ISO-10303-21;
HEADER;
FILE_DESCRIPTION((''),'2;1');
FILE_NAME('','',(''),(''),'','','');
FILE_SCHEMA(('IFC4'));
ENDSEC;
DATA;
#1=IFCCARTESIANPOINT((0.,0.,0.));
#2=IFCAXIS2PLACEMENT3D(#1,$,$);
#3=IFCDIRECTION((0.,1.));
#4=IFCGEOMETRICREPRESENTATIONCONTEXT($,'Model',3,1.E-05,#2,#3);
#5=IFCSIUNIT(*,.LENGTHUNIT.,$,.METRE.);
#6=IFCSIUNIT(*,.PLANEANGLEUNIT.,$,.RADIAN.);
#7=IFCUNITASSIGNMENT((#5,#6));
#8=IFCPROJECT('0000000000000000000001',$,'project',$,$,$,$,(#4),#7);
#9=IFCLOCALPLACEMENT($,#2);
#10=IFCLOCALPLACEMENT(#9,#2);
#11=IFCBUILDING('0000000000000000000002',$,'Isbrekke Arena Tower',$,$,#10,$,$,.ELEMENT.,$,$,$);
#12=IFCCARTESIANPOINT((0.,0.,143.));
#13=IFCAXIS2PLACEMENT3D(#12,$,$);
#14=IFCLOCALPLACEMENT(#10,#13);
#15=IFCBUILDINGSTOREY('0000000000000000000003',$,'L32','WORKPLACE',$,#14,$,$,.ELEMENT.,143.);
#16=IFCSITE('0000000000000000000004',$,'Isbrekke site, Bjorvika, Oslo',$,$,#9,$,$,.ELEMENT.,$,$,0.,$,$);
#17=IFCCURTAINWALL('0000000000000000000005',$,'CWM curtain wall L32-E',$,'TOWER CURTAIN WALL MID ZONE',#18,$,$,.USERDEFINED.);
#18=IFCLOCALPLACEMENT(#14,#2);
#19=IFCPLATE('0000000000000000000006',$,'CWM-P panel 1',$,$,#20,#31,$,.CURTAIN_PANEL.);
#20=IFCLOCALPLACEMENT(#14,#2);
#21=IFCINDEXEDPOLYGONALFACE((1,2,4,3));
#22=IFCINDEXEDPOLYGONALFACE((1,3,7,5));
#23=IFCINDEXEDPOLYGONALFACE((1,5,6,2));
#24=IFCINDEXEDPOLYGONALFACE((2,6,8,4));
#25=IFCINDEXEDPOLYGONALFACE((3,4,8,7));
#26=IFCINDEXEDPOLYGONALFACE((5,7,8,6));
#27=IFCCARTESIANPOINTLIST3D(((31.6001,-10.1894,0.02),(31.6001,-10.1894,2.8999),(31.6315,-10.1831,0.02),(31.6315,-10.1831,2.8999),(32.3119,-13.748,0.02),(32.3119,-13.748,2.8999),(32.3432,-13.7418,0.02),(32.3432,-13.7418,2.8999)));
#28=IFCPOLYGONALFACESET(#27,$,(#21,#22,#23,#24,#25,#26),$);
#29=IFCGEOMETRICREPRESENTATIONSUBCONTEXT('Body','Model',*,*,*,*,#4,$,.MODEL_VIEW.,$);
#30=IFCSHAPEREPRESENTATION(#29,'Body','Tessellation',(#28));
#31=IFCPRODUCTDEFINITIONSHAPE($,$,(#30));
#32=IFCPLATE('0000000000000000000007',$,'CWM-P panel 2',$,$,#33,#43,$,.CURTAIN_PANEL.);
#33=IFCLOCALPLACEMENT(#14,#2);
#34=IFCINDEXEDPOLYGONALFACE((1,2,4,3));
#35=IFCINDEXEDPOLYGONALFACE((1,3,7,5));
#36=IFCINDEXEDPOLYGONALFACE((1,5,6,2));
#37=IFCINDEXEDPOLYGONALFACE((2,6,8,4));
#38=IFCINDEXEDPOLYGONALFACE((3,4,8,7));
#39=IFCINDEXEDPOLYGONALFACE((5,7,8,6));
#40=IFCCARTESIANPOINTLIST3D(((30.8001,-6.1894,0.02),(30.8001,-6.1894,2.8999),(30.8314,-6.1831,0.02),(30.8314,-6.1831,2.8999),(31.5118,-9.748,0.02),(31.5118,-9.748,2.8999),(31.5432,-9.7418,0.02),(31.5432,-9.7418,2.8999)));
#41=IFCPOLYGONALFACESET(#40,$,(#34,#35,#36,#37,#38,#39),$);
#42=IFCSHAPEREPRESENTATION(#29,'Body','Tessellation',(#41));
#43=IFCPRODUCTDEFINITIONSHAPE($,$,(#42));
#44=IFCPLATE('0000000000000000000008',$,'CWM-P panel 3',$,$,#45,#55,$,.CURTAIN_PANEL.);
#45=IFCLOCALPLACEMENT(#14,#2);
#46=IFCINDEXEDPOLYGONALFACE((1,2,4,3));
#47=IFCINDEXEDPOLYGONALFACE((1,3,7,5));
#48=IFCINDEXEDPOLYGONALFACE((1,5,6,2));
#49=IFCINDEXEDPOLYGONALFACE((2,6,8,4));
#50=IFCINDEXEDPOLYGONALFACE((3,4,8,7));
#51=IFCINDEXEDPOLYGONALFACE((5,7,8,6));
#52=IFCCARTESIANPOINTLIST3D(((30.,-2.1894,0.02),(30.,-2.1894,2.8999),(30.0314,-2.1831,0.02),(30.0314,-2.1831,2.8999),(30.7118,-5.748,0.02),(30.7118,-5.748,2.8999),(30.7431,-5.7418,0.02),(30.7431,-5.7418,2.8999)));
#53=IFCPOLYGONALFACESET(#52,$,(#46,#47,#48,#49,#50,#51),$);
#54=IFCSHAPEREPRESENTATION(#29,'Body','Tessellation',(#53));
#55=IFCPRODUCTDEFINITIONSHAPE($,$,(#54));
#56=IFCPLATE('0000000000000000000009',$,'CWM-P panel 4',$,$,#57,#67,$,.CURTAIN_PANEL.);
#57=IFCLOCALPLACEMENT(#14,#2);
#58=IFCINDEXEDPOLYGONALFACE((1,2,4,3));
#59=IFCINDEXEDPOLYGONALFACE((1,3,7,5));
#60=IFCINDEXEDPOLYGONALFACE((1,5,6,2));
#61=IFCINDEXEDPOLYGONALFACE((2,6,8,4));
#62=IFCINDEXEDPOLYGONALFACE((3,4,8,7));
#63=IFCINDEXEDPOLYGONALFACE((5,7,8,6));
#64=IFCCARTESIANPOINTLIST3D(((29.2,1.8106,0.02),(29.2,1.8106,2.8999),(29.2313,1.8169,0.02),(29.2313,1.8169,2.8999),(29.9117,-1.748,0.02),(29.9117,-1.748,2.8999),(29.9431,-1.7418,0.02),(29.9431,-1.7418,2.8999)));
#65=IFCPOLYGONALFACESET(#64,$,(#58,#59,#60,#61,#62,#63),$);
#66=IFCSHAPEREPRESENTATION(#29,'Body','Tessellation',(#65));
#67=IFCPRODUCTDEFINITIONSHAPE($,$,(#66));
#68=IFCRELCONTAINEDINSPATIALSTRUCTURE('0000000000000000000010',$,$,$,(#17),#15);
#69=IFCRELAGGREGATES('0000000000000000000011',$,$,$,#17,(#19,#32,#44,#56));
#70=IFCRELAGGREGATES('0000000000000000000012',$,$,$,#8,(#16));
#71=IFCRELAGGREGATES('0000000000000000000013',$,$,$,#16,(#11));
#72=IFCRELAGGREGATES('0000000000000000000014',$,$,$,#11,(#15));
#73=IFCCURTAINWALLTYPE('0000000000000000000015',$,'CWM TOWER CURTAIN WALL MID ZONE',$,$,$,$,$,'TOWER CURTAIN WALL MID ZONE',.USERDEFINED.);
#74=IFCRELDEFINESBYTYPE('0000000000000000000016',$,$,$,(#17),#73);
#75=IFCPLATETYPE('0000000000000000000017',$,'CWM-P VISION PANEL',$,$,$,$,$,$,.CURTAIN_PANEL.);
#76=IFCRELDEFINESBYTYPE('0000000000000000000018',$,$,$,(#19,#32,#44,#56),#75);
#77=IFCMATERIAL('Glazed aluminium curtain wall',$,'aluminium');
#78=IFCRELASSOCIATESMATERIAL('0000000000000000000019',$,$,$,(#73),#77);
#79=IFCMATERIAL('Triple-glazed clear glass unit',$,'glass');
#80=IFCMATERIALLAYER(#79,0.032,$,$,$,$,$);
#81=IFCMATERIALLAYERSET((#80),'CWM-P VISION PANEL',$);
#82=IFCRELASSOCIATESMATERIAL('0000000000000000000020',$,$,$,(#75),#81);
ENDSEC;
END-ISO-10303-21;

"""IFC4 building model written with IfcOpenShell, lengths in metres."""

from ifc_helpers import new_model, si_unit, direction, frame, origin, origin_2d, place, context, subcontext, project, spatial, rectangle, extrude, material, layer, layer_set, type_object, element, aggregate, save


model = new_model("IFC4")

# Units and contexts
model_context = context("Model", 3, precision=1e-05, world=origin(), true_north=direction((0.0, 1.0)))
body_context = subcontext(model_context, "Body", "Model", "MODEL_VIEW")
ifc_project = project(units=[si_unit("LENGTHUNIT", "METRE"), si_unit("PLANEANGLEUNIT", "RADIAN")], contexts=[model_context])

# Site, building, storey
site_placement = place(None, origin())
site = spatial("IfcSite", under=ifc_project, at=site_placement, Name="Isbrekke site, Bjorvika, Oslo", CompositionType="ELEMENT", RefElevation=0.0)
building_placement = place(site_placement, origin())
building = spatial("IfcBuilding", under=site, at=building_placement, Name="Isbrekke Arena Tower", CompositionType="ELEMENT")
storey_placement = place(building_placement, frame((0.0, 0.0, 143.0)))
storey = spatial("IfcBuildingStorey", under=building, at=storey_placement, Name="L32", Description="WORKPLACE", CompositionType="ELEMENT", Elevation=143.0)

# Curtain wall
ifc_material_1 = material(Name="Glazed aluminium curtain wall", Category="aluminium")
curtain_wall_type = type_object("IfcCurtainWallType", Name="CWM TOWER CURTAIN WALL MID ZONE", ElementType="TOWER CURTAIN WALL MID ZONE", PredefinedType="USERDEFINED", material=ifc_material_1)
curtain_wall_placement = place(storey_placement, origin())
curtain_wall = element("IfcCurtainWall", 1, at=curtain_wall_placement, inside=storey, type_object=curtain_wall_type, Name="CWM curtain wall L32-E", ObjectType="TOWER CURTAIN WALL MID ZONE", PredefinedType="USERDEFINED")

# Plates
ifc_material_2 = material(Name="Triple-glazed clear glass unit", Category="glass")
ifc_layer = layer(ifc_material_2, 0.032)
ifc_layer_set = layer_set([ifc_layer], Name="CWM-P VISION PANEL")
plate_type = type_object("IfcPlateType", Name="CWM-P VISION PANEL", PredefinedType="CURTAIN_PANEL", material=ifc_layer_set)
plate_1_placement = place(storey_placement, frame((31.9717, -11.9656, 0.02), z_axis=(0.0, 0.0, 1.0), x_axis=(-0.196116, 0.980581, 0.0)))
plate_1 = element("IfcPlate", 2, at=plate_1_placement, type_object=plate_type, Name="CWM-P panel 1", PredefinedType="CURTAIN_PANEL", context=body_context, shape_type="SweptSolid", body=[
    extrude(rectangle(XDim=3.6292, YDim=0.032, at=origin_2d()), origin(), (0.0, 0.0, 1.0), 2.8799),
])
plate_2_placement = place(storey_placement, frame((31.1716, -7.9656, 0.02), z_axis=(0.0, 0.0, 1.0), x_axis=(-0.196116, 0.980581, 0.0)))
plate_2 = element("IfcPlate", 3, at=plate_2_placement, type_object=plate_type, Name="CWM-P panel 2", PredefinedType="CURTAIN_PANEL", context=body_context, shape_type="SweptSolid", body=[
    extrude(rectangle(XDim=3.6292, YDim=0.032, at=origin_2d()), origin(), (0.0, 0.0, 1.0), 2.8799),
])
plate_3_placement = place(storey_placement, frame((30.3716, -3.9656, 0.02), z_axis=(0.0, 0.0, 1.0), x_axis=(-0.196116, 0.980581, 0.0)))
plate_3 = element("IfcPlate", 4, at=plate_3_placement, type_object=plate_type, Name="CWM-P panel 3", PredefinedType="CURTAIN_PANEL", context=body_context, shape_type="SweptSolid", body=[
    extrude(rectangle(XDim=3.6292, YDim=0.032, at=origin_2d()), origin(), (0.0, 0.0, 1.0), 2.8799),
])
plate_4_placement = place(storey_placement, frame((29.5715, 0.0344, 0.02), z_axis=(0.0, 0.0, 1.0), x_axis=(-0.196116, 0.980581, 0.0)))
plate_4 = element("IfcPlate", 5, at=plate_4_placement, type_object=plate_type, Name="CWM-P panel 4", PredefinedType="CURTAIN_PANEL", context=body_context, shape_type="SweptSolid", body=[
    extrude(rectangle(XDim=3.6292, YDim=0.032, at=origin_2d()), origin(), (0.0, 0.0, 1.0), 2.8799),
])
aggregate(curtain_wall, [plate_1, plate_2, plate_3, plate_4])

save(model, "model.ifc")
